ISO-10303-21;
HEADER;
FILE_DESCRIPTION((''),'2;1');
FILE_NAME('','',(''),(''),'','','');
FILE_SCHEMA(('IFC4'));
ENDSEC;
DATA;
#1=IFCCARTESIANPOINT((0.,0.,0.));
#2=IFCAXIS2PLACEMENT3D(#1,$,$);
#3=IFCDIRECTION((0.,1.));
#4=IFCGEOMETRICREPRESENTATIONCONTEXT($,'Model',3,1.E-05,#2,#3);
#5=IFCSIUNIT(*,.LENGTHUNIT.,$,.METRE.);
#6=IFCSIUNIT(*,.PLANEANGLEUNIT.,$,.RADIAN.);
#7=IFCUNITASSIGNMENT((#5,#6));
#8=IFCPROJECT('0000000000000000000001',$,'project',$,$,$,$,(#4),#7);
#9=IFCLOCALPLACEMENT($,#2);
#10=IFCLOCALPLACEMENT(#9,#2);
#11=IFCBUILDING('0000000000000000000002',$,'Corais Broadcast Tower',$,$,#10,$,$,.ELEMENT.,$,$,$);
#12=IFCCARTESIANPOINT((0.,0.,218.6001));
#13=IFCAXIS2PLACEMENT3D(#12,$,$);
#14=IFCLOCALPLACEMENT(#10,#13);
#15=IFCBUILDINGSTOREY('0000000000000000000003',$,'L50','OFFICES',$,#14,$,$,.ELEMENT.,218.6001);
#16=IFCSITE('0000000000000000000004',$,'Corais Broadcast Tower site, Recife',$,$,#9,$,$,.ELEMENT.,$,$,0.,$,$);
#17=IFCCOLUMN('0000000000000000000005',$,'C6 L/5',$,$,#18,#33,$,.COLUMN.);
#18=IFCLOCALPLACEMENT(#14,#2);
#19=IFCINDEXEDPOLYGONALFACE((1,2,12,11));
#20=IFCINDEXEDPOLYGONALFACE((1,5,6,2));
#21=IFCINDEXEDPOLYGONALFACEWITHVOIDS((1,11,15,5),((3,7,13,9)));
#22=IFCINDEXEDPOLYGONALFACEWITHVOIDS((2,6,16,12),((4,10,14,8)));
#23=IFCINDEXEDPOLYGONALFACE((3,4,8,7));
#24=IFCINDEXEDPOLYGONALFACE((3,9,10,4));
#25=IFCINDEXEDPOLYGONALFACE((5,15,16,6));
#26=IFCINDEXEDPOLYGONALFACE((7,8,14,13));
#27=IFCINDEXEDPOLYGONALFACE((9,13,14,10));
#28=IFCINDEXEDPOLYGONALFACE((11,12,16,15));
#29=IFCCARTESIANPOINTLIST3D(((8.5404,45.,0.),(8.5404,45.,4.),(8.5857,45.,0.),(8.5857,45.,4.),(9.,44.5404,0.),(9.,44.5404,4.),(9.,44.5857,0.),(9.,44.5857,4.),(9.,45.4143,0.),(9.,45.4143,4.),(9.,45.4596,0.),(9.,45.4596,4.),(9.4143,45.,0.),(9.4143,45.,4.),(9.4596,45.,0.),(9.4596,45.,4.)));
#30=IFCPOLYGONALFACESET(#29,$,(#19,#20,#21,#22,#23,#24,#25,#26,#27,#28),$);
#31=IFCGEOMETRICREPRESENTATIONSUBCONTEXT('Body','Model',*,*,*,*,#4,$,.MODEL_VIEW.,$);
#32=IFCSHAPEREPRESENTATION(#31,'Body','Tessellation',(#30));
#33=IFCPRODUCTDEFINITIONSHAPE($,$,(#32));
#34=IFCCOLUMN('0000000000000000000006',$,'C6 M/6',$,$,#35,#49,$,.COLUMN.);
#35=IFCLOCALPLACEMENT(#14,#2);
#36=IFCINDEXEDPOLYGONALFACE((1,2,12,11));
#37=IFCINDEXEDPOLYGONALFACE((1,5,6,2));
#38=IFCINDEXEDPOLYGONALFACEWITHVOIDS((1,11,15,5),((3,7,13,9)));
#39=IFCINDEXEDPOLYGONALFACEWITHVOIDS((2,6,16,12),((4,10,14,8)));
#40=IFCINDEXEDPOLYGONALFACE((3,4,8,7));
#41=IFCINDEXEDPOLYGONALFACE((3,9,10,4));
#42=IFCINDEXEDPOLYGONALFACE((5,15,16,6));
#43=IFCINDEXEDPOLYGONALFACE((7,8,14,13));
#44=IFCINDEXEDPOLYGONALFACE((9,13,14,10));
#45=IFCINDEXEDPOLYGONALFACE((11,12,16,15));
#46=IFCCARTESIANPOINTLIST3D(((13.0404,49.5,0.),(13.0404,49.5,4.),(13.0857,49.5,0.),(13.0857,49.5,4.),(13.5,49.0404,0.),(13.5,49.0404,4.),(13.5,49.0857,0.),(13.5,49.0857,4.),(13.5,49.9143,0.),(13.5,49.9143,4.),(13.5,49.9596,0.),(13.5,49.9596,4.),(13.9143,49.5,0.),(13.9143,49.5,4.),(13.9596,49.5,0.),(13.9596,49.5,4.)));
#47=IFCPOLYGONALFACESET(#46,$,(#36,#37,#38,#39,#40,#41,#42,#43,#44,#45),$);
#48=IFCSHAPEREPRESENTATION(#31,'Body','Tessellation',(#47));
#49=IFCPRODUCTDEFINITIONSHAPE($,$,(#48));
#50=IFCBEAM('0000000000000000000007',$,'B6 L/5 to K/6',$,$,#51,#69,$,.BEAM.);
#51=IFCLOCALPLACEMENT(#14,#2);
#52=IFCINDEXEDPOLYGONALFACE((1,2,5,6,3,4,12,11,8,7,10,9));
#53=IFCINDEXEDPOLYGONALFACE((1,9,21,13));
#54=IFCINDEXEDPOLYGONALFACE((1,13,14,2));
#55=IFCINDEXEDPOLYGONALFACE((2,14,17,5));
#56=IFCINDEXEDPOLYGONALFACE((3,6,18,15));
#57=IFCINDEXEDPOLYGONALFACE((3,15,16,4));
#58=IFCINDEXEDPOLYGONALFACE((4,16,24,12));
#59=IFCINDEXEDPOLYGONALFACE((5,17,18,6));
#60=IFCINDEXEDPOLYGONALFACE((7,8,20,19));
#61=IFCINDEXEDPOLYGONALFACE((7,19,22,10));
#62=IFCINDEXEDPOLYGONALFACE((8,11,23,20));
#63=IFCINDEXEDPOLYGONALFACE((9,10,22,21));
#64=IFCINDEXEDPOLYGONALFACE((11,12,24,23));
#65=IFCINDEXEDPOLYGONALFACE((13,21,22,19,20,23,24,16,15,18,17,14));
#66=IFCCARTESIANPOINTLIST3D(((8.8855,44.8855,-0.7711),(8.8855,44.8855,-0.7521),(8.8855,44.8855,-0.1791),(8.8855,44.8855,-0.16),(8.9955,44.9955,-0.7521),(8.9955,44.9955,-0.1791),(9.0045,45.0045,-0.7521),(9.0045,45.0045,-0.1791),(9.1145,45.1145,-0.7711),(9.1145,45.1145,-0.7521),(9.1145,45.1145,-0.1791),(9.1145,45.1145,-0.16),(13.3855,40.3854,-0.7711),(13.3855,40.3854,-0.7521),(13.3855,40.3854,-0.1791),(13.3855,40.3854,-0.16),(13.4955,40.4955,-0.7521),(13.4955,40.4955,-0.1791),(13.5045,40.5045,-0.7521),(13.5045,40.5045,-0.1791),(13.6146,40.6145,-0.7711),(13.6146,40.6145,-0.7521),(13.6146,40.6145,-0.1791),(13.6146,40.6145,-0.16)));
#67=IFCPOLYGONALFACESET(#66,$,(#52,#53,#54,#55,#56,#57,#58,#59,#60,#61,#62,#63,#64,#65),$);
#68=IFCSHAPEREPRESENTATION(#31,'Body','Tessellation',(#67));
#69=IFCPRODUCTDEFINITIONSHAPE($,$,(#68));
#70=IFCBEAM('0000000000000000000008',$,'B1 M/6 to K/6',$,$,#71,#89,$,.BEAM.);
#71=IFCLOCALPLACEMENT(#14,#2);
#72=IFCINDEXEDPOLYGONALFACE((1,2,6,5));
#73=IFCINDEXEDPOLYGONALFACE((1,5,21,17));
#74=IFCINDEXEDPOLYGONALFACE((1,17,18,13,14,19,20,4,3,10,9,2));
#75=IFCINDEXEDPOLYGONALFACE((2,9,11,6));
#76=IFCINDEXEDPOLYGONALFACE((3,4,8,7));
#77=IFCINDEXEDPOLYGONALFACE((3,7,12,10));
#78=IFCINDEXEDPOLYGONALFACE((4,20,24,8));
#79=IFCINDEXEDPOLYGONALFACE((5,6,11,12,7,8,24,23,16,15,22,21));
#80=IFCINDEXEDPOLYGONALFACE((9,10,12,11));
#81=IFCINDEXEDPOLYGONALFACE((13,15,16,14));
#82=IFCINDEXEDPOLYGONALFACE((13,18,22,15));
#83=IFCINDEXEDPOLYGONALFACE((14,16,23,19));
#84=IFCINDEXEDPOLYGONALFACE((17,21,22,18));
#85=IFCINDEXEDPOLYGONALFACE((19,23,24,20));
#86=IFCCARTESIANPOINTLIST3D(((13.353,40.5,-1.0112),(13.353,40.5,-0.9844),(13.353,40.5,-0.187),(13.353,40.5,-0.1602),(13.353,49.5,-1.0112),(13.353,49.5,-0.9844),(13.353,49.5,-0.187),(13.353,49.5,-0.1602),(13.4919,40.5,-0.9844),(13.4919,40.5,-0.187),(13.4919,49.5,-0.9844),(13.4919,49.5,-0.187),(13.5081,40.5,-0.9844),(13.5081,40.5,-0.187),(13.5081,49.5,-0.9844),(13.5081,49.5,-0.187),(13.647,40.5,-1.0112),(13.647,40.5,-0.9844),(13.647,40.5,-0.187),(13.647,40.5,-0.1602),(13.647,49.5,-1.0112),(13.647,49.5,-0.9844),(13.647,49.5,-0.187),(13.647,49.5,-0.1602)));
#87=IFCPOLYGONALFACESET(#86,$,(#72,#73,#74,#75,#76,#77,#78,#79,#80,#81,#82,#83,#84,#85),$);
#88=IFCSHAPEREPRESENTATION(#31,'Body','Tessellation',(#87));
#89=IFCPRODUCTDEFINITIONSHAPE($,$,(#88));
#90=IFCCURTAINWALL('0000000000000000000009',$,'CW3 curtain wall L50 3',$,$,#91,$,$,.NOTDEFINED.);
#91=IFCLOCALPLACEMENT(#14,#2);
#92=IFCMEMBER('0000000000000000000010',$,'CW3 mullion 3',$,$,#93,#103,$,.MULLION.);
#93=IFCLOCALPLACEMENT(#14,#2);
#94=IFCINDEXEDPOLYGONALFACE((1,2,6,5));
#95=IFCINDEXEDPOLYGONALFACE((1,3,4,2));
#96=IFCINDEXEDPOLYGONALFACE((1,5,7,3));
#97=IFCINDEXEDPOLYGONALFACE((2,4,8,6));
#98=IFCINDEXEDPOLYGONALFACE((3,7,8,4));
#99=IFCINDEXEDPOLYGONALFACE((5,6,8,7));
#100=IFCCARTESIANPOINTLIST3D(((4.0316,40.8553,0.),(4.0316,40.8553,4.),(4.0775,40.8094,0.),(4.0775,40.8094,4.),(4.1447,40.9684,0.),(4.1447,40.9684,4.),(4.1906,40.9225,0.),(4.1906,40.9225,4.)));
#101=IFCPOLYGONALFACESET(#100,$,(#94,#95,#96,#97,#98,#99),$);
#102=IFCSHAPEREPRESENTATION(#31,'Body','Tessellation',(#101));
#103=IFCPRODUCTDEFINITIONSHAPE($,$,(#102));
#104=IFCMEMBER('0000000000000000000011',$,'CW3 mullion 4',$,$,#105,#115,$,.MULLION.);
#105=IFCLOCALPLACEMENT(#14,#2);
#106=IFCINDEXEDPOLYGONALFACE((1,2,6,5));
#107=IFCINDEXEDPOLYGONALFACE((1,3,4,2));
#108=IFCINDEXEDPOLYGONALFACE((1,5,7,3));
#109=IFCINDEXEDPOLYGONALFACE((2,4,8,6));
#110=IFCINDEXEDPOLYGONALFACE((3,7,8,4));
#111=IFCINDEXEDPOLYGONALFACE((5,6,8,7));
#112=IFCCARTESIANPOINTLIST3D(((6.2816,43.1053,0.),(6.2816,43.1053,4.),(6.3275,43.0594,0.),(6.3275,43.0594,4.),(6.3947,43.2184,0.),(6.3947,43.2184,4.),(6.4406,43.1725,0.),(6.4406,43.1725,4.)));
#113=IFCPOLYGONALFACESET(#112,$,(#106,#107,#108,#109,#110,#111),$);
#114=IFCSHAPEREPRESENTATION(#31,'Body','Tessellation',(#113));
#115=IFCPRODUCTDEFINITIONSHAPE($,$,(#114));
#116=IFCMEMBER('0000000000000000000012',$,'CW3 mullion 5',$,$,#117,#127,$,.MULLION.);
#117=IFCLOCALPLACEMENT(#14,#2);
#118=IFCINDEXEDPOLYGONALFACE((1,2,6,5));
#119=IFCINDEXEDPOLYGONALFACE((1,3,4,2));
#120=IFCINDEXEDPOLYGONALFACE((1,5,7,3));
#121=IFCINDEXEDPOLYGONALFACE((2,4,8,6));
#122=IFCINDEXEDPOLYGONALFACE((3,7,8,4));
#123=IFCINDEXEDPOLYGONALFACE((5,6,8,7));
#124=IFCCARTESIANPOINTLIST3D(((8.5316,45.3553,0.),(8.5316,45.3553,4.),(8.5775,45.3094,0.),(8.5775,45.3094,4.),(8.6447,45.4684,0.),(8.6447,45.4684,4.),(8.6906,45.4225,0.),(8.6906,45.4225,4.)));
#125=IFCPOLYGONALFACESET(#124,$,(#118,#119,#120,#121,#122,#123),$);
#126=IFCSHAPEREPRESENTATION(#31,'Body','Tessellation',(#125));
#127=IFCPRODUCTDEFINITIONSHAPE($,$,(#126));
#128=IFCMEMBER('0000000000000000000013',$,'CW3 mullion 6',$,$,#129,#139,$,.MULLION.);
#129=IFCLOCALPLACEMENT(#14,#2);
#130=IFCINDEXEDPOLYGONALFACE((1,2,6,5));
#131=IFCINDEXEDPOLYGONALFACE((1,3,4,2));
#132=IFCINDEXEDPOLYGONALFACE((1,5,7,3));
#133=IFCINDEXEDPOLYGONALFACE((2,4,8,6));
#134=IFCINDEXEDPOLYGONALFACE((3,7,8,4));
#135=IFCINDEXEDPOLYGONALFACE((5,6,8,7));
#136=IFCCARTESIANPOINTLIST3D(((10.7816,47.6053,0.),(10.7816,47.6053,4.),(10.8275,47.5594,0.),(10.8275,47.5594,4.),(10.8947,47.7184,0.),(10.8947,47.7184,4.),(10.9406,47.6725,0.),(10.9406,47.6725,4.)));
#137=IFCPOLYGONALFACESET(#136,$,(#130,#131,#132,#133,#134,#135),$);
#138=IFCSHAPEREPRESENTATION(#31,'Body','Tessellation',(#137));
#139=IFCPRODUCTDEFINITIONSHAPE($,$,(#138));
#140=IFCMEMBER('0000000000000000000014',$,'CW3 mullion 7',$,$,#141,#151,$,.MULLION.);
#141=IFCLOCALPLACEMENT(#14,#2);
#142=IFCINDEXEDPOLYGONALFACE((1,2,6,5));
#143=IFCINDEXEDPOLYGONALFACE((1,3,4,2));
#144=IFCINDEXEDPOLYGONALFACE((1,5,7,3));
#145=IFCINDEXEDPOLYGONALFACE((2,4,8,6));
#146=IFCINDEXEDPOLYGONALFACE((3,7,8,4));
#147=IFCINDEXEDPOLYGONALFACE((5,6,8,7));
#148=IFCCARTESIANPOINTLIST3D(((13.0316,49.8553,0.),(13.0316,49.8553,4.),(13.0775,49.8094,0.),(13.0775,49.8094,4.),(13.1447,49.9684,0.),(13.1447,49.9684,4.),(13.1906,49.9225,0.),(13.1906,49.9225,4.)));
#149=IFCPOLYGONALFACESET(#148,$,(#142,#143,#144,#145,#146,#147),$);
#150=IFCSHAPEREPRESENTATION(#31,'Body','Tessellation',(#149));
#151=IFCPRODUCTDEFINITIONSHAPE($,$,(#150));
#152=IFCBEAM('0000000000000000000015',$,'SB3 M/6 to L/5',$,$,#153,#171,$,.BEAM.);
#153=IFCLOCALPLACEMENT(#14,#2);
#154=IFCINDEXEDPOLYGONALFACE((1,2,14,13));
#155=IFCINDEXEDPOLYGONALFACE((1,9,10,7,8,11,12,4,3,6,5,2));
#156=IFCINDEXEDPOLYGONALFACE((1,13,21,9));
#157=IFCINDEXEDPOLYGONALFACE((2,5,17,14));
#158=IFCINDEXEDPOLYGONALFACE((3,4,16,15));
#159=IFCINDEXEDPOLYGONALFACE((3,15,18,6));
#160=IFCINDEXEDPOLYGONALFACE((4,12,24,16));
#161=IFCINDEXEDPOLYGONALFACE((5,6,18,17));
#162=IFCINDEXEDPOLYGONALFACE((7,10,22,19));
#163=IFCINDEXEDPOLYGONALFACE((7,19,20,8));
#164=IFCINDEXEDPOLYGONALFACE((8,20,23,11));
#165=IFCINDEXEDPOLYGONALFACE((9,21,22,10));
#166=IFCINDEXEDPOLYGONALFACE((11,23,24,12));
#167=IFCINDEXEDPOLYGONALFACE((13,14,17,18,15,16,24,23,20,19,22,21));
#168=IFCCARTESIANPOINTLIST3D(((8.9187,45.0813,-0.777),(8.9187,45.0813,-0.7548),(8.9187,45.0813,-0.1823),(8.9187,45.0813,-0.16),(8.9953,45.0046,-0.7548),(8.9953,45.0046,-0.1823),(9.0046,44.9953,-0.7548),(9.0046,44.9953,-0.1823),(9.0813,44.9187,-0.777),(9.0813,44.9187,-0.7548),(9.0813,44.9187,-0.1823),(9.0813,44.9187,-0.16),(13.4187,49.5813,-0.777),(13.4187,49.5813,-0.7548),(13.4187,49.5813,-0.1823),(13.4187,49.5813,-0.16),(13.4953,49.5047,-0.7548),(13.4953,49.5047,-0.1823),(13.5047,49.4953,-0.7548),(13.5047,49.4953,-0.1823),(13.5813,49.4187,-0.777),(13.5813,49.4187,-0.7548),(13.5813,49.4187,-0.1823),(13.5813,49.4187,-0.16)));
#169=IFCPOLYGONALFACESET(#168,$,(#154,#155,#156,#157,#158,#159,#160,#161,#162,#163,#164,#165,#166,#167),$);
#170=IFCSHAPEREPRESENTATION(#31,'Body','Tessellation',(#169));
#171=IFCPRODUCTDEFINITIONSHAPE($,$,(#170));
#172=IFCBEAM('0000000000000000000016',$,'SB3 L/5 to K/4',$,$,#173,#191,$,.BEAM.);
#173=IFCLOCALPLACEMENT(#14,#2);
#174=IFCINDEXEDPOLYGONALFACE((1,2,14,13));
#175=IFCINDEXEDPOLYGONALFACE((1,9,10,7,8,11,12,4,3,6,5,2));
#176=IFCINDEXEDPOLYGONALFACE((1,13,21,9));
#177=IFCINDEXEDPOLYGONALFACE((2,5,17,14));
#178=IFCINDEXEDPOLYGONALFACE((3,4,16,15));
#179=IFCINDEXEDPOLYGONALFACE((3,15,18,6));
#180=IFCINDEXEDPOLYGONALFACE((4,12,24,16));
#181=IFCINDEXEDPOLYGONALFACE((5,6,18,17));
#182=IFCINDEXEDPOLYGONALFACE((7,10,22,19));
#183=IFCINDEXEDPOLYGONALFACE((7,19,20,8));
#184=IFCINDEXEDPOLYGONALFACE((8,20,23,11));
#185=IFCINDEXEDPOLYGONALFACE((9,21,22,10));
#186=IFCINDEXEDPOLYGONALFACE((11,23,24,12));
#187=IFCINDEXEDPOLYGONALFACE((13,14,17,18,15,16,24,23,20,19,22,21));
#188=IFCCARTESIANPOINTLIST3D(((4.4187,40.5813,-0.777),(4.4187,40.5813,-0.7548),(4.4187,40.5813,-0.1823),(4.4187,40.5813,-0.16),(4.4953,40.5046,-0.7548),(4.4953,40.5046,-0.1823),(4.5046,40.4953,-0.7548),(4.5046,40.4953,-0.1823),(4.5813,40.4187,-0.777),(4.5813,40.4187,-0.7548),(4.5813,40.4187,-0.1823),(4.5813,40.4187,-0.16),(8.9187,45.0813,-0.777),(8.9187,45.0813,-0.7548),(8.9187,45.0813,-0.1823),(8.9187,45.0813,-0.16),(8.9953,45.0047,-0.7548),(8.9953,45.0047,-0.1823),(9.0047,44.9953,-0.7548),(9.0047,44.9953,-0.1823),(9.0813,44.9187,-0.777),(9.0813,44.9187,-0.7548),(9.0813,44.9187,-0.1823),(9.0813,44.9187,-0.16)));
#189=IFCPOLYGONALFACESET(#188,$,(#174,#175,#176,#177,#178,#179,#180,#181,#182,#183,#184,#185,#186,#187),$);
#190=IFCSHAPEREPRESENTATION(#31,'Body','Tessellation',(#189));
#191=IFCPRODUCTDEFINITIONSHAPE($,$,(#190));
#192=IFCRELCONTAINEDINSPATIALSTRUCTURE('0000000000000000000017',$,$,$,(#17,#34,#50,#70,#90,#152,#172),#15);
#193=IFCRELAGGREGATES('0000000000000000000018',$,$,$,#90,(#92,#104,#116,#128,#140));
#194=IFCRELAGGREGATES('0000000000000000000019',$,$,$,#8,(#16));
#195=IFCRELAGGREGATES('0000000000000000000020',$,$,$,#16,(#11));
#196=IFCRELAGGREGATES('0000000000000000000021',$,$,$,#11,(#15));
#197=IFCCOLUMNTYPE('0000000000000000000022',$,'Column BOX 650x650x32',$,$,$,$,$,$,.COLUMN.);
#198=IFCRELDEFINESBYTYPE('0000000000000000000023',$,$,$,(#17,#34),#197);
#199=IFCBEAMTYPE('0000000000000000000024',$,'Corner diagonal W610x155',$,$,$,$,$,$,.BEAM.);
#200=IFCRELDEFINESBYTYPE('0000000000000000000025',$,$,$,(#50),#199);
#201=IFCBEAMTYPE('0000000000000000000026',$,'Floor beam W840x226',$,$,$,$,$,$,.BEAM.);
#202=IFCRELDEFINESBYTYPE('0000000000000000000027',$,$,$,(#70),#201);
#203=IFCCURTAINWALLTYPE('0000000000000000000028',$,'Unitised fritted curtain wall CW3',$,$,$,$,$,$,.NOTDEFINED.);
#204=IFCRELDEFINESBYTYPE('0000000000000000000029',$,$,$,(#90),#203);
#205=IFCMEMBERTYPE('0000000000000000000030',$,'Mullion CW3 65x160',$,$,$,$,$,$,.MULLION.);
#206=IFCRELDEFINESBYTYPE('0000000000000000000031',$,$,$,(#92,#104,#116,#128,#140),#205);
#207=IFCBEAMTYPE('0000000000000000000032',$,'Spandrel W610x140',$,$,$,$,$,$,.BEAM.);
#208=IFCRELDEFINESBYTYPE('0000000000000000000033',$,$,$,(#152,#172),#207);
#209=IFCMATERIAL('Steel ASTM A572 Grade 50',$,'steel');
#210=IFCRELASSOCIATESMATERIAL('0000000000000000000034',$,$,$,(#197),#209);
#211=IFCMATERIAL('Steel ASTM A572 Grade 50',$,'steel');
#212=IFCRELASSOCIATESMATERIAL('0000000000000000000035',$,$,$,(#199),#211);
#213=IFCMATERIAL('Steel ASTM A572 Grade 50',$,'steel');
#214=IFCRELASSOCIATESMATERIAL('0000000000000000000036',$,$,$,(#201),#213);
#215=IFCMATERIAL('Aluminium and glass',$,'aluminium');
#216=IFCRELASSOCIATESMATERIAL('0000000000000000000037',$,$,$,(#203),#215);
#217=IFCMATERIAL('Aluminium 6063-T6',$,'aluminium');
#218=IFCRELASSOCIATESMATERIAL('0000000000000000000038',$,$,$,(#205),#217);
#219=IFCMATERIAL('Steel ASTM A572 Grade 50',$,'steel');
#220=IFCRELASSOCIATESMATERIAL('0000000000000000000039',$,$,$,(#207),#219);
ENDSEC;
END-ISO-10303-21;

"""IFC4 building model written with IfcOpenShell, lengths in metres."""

from ifc_helpers import new_model, si_unit, direction, frame, origin, origin_2d, place, context, subcontext, project, spatial, rectangle, hollow_rectangle, i_section, extrude, material, material_profile, profile_set, type_object, element, aggregate, save


model = new_model("IFC4")

# Units and contexts
model_context = context("Model", 3, precision=1e-05, world=origin(), true_north=direction((0.0, 1.0)))
body_context = subcontext(model_context, "Body", "Model", "MODEL_VIEW")
ifc_project = project(units=[si_unit("LENGTHUNIT", "METRE"), si_unit("PLANEANGLEUNIT", "RADIAN")], contexts=[model_context])

# Site, building, storey
site_placement = place(None, origin())
site = spatial("IfcSite", under=ifc_project, at=site_placement, Name="Corais Broadcast Tower site, Recife", CompositionType="ELEMENT", RefElevation=0.0)
building_placement = place(site_placement, origin())
building = spatial("IfcBuilding", under=site, at=building_placement, Name="Corais Broadcast Tower", CompositionType="ELEMENT")
storey_placement = place(building_placement, frame((0.0, 0.0, 218.6001)))
storey = spatial("IfcBuildingStorey", under=building, at=storey_placement, Name="L50", Description="OFFICES", CompositionType="ELEMENT", Elevation=218.6001)

# Columns
ifc_material_1 = material(Name="Steel ASTM A572 Grade 50", Category="steel")
ifc_material_profile_1 = material_profile(ifc_material_1, hollow_rectangle(XDim=0.6499, YDim=0.6499, WallThickness=0.032, at=origin_2d()), Name="BOX 650x650x32")
ifc_profile_set_1 = profile_set([ifc_material_profile_1], Name="Steel ASTM A572 Grade 50")
column_type = type_object("IfcColumnType", Name="Column BOX 650x650x32", PredefinedType="COLUMN", material=ifc_profile_set_1)
for number, where, z_axis, x_axis, name in (
    (1, (9.0, 45.0, 0.0), (0.0, 0.0, 1.0), (0.707107, 0.707107, 0.0), "C6 L/5"),
    (2, (13.5, 49.5, 0.0), (0.0, 0.0, 1.0), (0.707107, 0.707107, 0.0), "C6 M/6"),
):
    element("IfcColumn", number, at=place(storey_placement, frame(where, z_axis=z_axis, x_axis=x_axis)), inside=storey, type_object=column_type, Name=name, PredefinedType="COLUMN", context=body_context, shape_type="SweptSolid", body=[
        extrude(hollow_rectangle(XDim=0.6499, YDim=0.6499, WallThickness=0.032, at=origin_2d()), origin(), (0.0, 0.0, 1.0), 4.0),
    ])

# Beams
ifc_material_2 = material(Name="Steel ASTM A572 Grade 50", Category="steel")
ifc_material_profile_2 = material_profile(ifc_material_2, i_section(OverallWidth=0.324, OverallDepth=0.6111, WebThickness=0.0127, FlangeThickness=0.019, at=origin_2d()), Name="W610x155")
ifc_profile_set_2 = profile_set([ifc_material_profile_2], Name="Steel ASTM A572 Grade 50")
beam_type_1 = type_object("IfcBeamType", Name="Corner diagonal W610x155", PredefinedType="BEAM", material=ifc_profile_set_2)
beam_1_placement = place(storey_placement, frame((9.0, 45.0, -0.4656), z_axis=(0.707107, -0.707107, 0.0), x_axis=(0.707107, 0.707107, 0.0)))
element("IfcBeam", 3, at=beam_1_placement, inside=storey, type_object=beam_type_1, Name="B6 L/5 to K/6", PredefinedType="BEAM", context=body_context, shape_type="SweptSolid", body=[
    extrude(i_section(OverallWidth=0.324, OverallDepth=0.6111, WebThickness=0.0127, FlangeThickness=0.019, at=origin_2d()), origin(), (0.0, 0.0, 1.0), 6.364),
])
ifc_material_3 = material(Name="Steel ASTM A572 Grade 50", Category="steel")
ifc_material_profile_3 = material_profile(ifc_material_3, i_section(OverallWidth=0.2939, OverallDepth=0.8511, WebThickness=0.0161, FlangeThickness=0.0269, at=origin_2d()), Name="W840x226")
ifc_profile_set_3 = profile_set([ifc_material_profile_3], Name="Steel ASTM A572 Grade 50")
beam_type_2 = type_object("IfcBeamType", Name="Floor beam W840x226", PredefinedType="BEAM", material=ifc_profile_set_3)
beam_2_placement = place(storey_placement, frame((13.5, 49.5, -0.5857), z_axis=(0.0, -1.0, 0.0), x_axis=(1.0, 0.0, 0.0)))
element("IfcBeam", 4, at=beam_2_placement, inside=storey, type_object=beam_type_2, Name="B1 M/6 to K/6", PredefinedType="BEAM", context=body_context, shape_type="SweptSolid", body=[
    extrude(i_section(OverallWidth=0.2939, OverallDepth=0.8511, WebThickness=0.0161, FlangeThickness=0.0269, at=origin_2d()), origin(), (0.0, 0.0, 1.0), 9.0),
])

# Curtain wall, members
ifc_material_4 = material(Name="Aluminium and glass", Category="aluminium")
curtain_wall_type = type_object("IfcCurtainWallType", Name="Unitised fritted curtain wall CW3", PredefinedType="NOTDEFINED", material=ifc_material_4)
curtain_wall_placement = place(storey_placement, origin())
curtain_wall = element("IfcCurtainWall", 5, at=curtain_wall_placement, inside=storey, type_object=curtain_wall_type, Name="CW3 curtain wall L50 3", PredefinedType="NOTDEFINED")
ifc_material_5 = material(Name="Aluminium 6063-T6", Category="aluminium")
ifc_material_profile_4 = material_profile(ifc_material_5, rectangle(XDim=0.0649, YDim=0.1599, at=origin_2d()), Name="Mullion CW3 65x160")
ifc_profile_set_4 = profile_set([ifc_material_profile_4], Name="Aluminium 6063-T6")
member_type_1 = type_object("IfcMemberType", Name="Mullion CW3 65x160", PredefinedType="MULLION", material=ifc_profile_set_4)
member_1_placement = place(storey_placement, frame((4.1111, 40.8889, 0.0), z_axis=(0.0, 0.0, 1.0), x_axis=(-0.707107, 0.707107, 0.0)))
member_1 = element("IfcMember", 6, at=member_1_placement, type_object=member_type_1, Name="CW3 mullion 3", PredefinedType="MULLION", context=body_context, shape_type="SweptSolid", body=[
    extrude(rectangle(XDim=0.0649, YDim=0.1599, at=origin_2d()), origin(), (0.0, 0.0, 1.0), 4.0),
])
member_2_placement = place(storey_placement, frame((6.3611, 43.1389, 0.0), z_axis=(0.0, 0.0, 1.0), x_axis=(-0.707107, 0.707107, 0.0)))
member_2 = element("IfcMember", 7, at=member_2_placement, type_object=member_type_1, Name="CW3 mullion 4", PredefinedType="MULLION", context=body_context, shape_type="SweptSolid", body=[
    extrude(rectangle(XDim=0.0649, YDim=0.1599, at=origin_2d()), origin(), (0.0, 0.0, 1.0), 4.0),
])
member_3_placement = place(storey_placement, frame((8.6111, 45.3889, 0.0), z_axis=(0.0, 0.0, 1.0), x_axis=(-0.707107, 0.707107, 0.0)))
member_3 = element("IfcMember", 8, at=member_3_placement, type_object=member_type_1, Name="CW3 mullion 5", PredefinedType="MULLION", context=body_context, shape_type="SweptSolid", body=[
    extrude(rectangle(XDim=0.0649, YDim=0.1599, at=origin_2d()), origin(), (0.0, 0.0, 1.0), 4.0),
])
member_4_placement = place(storey_placement, frame((10.8611, 47.6389, 0.0), z_axis=(0.0, 0.0, 1.0), x_axis=(-0.707107, 0.707107, 0.0)))
member_4 = element("IfcMember", 9, at=member_4_placement, type_object=member_type_1, Name="CW3 mullion 6", PredefinedType="MULLION", context=body_context, shape_type="SweptSolid", body=[
    extrude(rectangle(XDim=0.0649, YDim=0.1599, at=origin_2d()), origin(), (0.0, 0.0, 1.0), 4.0),
])
member_5_placement = place(storey_placement, frame((13.1111, 49.8889, 0.0), z_axis=(0.0, 0.0, 1.0), x_axis=(-0.707107, 0.707107, 0.0)))
member_5 = element("IfcMember", 10, at=member_5_placement, type_object=member_type_1, Name="CW3 mullion 7", PredefinedType="MULLION", context=body_context, shape_type="SweptSolid", body=[
    extrude(rectangle(XDim=0.0649, YDim=0.1599, at=origin_2d()), origin(), (0.0, 0.0, 1.0), 4.0),
])

# Beams
ifc_material_6 = material(Name="Steel ASTM A572 Grade 50", Category="steel")
ifc_material_profile_5 = material_profile(ifc_material_6, i_section(OverallWidth=0.23, OverallDepth=0.6169, WebThickness=0.0132, FlangeThickness=0.0222, at=origin_2d()), Name="W610x140")
ifc_profile_set_5 = profile_set([ifc_material_profile_5], Name="Steel ASTM A572 Grade 50")
beam_type_3 = type_object("IfcBeamType", Name="Spandrel W610x140", PredefinedType="BEAM", material=ifc_profile_set_5)
for number, where, z_axis, x_axis, name in (
    (11, (13.5, 49.5, -0.4685), (-0.707107, -0.707107, 0.0), (0.707107, -0.707107, 0.0), "SB3 M/6 to L/5"),
    (12, (9.0, 45.0, -0.4685), (-0.707107, -0.707107, 0.0), (0.707107, -0.707107, 0.0), "SB3 L/5 to K/4"),
):
    element("IfcBeam", number, at=place(storey_placement, frame(where, z_axis=z_axis, x_axis=x_axis)), inside=storey, type_object=beam_type_3, Name=name, PredefinedType="BEAM", context=body_context, shape_type="SweptSolid", body=[
        extrude(i_section(OverallWidth=0.23, OverallDepth=0.6169, WebThickness=0.0132, FlangeThickness=0.0222, at=origin_2d()), origin(), (0.0, 0.0, 1.0), 6.364),
    ])

aggregate(curtain_wall, [member_1, member_2, member_3, member_4, member_5])

save(model, "model.ifc")
